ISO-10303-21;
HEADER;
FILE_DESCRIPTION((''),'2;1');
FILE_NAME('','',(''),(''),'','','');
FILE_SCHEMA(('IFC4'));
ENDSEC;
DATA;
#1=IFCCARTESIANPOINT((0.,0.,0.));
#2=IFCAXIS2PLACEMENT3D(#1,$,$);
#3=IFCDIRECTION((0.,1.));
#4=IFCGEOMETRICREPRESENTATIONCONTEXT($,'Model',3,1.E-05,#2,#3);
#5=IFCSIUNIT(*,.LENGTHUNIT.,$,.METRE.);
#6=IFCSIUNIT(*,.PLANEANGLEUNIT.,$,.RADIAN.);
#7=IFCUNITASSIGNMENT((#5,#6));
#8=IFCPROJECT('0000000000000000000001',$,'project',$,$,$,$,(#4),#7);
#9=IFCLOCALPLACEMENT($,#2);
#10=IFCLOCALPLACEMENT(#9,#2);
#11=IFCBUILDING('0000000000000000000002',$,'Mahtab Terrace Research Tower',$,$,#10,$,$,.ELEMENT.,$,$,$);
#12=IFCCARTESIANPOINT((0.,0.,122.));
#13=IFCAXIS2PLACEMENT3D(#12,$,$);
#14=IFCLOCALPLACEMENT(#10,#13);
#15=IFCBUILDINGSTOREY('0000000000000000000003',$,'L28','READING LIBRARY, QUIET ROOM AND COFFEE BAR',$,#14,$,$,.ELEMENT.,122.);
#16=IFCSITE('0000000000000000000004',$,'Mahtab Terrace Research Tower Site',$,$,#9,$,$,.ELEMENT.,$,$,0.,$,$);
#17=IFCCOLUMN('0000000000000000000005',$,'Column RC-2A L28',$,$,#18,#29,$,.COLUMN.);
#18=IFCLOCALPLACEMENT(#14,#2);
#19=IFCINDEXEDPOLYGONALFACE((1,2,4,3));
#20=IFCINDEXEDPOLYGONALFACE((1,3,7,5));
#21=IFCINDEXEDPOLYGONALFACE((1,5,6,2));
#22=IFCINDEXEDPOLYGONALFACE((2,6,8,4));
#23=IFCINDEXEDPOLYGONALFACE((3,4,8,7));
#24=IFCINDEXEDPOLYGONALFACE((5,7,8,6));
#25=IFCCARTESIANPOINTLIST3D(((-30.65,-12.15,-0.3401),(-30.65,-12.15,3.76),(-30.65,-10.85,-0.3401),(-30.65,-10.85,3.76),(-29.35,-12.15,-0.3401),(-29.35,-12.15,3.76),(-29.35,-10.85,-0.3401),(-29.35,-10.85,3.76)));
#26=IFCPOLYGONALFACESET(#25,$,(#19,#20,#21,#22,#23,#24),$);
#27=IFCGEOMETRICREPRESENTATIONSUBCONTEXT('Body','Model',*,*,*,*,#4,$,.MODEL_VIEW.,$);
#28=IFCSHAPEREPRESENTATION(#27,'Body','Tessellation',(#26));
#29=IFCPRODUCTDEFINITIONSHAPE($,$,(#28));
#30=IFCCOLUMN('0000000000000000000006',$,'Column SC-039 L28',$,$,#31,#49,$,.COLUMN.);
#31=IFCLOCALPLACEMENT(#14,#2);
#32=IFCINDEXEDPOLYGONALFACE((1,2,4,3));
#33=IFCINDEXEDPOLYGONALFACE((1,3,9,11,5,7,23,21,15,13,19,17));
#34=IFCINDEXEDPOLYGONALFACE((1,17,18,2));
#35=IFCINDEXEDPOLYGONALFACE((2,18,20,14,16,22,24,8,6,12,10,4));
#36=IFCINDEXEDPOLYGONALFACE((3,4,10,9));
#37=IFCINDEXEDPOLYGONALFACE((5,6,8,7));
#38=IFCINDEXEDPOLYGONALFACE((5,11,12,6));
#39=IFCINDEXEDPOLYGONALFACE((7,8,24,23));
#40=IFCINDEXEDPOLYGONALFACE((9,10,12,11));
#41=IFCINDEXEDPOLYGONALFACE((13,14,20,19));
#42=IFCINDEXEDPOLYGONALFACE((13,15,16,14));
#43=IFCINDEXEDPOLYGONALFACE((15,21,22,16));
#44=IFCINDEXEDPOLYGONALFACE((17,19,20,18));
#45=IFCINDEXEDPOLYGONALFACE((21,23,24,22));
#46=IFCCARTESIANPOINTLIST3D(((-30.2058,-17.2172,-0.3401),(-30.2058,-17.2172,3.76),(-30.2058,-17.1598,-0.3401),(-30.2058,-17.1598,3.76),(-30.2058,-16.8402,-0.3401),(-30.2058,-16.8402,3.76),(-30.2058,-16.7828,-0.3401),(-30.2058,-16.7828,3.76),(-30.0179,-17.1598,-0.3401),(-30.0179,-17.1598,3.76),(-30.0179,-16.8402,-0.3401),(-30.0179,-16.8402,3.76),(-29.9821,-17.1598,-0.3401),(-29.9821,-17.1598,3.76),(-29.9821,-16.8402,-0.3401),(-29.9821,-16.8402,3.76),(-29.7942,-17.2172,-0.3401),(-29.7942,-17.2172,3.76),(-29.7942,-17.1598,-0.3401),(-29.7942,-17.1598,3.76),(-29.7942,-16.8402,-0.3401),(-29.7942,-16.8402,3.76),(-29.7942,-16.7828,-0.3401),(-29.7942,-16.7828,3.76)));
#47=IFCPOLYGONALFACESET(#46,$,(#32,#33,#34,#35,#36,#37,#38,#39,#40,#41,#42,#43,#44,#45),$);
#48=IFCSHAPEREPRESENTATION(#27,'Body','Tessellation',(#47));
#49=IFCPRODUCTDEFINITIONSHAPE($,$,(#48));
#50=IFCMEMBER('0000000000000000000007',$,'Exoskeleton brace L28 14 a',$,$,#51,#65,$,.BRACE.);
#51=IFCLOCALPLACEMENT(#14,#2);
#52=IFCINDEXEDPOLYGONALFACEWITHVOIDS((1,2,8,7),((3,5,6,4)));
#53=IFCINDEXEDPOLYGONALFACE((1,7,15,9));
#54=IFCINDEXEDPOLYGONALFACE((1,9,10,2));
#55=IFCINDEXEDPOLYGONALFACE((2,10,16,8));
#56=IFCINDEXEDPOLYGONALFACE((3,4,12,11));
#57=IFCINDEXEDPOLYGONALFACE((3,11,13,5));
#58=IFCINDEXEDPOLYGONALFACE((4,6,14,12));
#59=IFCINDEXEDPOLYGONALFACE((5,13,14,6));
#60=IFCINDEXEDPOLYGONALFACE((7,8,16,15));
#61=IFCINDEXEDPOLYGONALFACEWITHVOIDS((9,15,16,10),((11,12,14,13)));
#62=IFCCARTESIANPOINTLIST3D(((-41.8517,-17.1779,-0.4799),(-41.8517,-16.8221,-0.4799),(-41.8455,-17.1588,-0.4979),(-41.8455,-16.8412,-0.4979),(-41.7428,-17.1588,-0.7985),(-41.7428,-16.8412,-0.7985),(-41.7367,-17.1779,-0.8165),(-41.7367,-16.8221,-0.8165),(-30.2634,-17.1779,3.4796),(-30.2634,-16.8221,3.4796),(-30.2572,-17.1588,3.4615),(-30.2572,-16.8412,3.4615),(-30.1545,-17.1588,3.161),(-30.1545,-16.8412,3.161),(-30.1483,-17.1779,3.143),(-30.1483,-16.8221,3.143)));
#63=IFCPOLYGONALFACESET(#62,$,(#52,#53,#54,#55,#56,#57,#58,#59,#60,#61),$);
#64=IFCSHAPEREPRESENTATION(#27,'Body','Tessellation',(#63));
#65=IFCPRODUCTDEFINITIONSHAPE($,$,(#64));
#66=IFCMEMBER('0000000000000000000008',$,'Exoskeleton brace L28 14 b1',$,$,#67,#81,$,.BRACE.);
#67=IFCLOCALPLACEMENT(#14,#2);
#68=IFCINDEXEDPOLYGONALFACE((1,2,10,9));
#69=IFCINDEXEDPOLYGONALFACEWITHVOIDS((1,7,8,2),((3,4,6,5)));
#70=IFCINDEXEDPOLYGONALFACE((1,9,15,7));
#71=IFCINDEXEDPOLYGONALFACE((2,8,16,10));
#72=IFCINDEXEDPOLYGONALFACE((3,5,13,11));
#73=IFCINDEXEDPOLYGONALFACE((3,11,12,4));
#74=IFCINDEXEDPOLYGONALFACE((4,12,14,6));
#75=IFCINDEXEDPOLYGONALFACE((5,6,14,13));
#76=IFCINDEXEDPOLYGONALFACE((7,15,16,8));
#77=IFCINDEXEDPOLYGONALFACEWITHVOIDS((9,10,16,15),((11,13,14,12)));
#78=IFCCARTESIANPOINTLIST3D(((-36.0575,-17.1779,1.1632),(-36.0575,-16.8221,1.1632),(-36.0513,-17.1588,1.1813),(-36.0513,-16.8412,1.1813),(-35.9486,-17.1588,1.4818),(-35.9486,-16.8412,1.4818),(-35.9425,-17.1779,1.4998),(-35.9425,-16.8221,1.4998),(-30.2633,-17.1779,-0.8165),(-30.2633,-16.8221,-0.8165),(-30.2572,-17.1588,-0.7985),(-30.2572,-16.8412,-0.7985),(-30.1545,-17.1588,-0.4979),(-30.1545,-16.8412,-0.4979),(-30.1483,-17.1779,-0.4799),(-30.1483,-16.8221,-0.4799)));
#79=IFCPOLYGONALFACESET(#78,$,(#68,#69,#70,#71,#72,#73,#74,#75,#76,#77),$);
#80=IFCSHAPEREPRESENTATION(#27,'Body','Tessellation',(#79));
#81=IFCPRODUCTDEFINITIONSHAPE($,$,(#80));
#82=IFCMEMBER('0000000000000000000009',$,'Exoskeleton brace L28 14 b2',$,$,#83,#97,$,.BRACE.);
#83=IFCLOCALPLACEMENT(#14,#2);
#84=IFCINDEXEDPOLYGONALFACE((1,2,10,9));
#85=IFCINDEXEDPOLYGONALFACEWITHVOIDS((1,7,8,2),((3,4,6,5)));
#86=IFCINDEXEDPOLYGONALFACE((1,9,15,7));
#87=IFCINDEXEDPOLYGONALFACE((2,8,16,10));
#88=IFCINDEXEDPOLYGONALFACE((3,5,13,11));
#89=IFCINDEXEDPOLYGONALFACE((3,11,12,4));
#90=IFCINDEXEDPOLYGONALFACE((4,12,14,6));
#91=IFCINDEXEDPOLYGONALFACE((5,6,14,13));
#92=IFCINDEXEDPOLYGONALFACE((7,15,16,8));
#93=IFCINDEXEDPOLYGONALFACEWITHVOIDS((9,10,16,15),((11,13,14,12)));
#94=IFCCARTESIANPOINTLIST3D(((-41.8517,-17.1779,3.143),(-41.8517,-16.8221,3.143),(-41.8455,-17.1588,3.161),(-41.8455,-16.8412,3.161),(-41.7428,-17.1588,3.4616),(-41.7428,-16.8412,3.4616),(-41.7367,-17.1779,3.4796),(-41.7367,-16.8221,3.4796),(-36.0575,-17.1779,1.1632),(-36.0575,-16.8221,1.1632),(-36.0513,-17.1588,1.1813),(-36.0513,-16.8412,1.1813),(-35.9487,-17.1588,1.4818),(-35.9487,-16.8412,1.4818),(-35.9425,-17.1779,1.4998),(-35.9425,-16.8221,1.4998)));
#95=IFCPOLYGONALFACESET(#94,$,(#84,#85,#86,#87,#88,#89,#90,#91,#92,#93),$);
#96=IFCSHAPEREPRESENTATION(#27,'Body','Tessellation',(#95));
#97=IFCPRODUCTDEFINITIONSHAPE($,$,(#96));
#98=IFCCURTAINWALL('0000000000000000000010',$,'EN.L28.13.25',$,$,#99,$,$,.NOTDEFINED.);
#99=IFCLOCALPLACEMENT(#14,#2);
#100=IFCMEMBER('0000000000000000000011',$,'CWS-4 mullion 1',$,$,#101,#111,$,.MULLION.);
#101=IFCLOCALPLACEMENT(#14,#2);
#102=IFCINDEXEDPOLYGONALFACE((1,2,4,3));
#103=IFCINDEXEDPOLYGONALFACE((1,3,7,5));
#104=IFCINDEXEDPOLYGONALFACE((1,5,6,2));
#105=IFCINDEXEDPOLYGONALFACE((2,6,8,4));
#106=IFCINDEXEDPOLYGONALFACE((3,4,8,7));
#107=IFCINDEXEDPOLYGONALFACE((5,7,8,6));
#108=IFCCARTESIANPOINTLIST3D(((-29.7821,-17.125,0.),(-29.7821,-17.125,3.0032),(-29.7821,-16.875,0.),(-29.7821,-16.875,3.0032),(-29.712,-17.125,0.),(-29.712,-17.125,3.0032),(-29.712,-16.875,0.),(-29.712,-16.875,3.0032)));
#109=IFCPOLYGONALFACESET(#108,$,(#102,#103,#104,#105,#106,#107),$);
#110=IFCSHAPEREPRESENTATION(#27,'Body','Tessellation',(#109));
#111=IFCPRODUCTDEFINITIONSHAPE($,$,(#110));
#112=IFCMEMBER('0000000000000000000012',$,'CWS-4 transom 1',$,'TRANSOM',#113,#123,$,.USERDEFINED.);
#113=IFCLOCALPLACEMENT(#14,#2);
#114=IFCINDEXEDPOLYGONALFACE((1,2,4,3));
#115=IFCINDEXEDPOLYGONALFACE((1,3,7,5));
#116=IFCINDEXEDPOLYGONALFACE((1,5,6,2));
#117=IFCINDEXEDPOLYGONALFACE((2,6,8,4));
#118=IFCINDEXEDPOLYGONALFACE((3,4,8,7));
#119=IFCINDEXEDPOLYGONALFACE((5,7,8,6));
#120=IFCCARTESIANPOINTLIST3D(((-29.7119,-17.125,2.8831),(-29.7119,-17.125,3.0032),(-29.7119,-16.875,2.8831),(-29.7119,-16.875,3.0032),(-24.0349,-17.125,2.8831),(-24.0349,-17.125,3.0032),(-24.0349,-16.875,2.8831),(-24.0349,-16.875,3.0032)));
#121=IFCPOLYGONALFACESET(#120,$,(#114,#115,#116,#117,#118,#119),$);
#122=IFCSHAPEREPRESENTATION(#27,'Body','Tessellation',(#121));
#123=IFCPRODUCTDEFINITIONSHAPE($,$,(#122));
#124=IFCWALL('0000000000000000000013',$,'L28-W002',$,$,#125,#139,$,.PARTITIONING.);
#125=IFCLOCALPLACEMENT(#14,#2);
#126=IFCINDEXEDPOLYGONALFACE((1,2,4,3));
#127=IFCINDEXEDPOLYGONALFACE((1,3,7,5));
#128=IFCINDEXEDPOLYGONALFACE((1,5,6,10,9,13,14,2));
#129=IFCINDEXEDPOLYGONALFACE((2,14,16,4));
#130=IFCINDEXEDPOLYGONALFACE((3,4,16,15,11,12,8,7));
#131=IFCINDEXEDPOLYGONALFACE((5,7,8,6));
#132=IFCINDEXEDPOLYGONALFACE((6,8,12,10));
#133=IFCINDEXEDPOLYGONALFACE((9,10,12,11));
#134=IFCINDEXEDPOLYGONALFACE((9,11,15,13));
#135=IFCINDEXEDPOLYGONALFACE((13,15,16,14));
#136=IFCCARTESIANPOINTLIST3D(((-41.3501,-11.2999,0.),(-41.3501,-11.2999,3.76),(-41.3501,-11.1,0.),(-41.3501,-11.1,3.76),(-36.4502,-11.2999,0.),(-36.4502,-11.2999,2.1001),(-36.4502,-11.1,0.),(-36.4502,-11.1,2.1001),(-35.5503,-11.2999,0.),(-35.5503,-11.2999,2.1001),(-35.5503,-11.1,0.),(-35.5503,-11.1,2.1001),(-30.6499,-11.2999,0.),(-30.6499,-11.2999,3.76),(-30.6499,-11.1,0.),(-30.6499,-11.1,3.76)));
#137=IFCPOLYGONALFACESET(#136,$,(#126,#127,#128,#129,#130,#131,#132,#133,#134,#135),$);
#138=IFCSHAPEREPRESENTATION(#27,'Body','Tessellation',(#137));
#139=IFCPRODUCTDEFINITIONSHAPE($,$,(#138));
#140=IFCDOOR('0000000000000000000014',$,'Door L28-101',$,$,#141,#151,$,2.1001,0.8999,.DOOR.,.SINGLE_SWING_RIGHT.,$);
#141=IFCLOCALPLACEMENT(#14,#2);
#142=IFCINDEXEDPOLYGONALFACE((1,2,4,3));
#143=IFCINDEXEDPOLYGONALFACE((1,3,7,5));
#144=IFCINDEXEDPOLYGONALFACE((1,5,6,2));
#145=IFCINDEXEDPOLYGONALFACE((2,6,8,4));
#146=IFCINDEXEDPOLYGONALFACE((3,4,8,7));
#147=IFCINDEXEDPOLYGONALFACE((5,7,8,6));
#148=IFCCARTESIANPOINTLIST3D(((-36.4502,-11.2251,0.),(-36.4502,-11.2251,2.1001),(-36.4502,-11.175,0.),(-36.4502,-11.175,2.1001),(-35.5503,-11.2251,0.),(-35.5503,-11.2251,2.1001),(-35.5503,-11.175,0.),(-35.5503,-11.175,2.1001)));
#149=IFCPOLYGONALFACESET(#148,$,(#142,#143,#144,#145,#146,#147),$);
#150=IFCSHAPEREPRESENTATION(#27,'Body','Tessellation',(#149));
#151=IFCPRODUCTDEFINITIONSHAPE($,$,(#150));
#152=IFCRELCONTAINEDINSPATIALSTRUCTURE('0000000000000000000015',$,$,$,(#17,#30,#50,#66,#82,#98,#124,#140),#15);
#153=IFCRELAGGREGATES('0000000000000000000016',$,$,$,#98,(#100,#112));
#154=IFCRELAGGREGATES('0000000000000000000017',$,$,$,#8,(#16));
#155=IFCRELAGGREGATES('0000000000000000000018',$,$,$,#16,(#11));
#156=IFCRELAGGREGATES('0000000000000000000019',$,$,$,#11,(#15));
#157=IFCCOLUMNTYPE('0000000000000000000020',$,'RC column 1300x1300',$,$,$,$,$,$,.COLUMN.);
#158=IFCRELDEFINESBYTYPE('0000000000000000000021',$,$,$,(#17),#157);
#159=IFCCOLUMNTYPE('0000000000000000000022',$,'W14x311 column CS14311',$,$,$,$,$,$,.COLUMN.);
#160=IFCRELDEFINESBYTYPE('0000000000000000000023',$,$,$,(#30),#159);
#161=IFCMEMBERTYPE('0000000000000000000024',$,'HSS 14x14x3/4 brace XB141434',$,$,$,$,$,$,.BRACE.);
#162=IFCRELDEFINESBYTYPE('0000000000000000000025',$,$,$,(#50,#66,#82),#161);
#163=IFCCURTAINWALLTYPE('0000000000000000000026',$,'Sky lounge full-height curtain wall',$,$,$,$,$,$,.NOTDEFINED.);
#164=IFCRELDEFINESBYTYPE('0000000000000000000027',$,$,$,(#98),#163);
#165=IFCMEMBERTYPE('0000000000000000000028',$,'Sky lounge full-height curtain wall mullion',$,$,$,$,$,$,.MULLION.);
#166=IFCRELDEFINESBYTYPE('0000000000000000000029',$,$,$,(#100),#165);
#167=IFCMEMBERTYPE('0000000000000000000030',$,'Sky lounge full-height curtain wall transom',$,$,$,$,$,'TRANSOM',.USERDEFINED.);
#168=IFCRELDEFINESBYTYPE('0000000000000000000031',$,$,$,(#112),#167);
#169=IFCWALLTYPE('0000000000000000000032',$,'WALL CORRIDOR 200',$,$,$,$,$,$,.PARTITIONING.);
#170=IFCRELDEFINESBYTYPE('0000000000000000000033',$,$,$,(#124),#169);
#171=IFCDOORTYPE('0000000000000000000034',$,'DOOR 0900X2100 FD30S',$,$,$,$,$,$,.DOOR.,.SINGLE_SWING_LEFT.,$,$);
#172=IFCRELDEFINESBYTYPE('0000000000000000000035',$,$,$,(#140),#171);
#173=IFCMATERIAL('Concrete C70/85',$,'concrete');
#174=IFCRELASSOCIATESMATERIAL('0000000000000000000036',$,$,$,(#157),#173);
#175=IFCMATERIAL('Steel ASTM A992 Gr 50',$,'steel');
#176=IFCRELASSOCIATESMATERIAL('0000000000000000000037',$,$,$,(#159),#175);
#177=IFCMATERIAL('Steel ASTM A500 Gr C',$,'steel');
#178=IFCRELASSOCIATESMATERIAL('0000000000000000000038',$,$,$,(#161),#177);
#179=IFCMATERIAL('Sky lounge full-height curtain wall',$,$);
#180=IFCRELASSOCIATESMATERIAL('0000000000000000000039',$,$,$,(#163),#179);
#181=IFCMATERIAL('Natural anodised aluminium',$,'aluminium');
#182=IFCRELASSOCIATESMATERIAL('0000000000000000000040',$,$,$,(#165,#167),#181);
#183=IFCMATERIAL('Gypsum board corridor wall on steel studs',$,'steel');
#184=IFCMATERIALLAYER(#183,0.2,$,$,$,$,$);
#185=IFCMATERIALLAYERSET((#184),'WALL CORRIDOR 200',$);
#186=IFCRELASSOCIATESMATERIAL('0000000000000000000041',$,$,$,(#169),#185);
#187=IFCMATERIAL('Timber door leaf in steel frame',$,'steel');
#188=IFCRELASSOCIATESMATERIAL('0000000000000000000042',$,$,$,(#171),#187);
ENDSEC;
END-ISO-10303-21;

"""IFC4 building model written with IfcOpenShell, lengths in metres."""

from ifc_helpers import new_model, si_unit, direction, frame, frame_2d, origin, origin_2d, place, context, subcontext, project, spatial, rectangle, hollow_rectangle, i_section, extrude, material, layer, layer_set, material_profile, profile_set, type_object, element, fill, aggregate, save


model = new_model("IFC4")

# Units and contexts
model_context = context("Model", 3, precision=1e-05, world=origin(), true_north=direction((0.0, 1.0)))
body_context = subcontext(model_context, "Body", "Model", "MODEL_VIEW")
ifc_project = project(units=[si_unit("LENGTHUNIT", "METRE"), si_unit("PLANEANGLEUNIT", "RADIAN")], contexts=[model_context])

# Site, building, storey
site_placement = place(None, origin())
site = spatial("IfcSite", under=ifc_project, at=site_placement, Name="Mahtab Terrace Research Tower Site", CompositionType="ELEMENT", RefElevation=0.0)
building_placement = place(site_placement, origin())
building = spatial("IfcBuilding", under=site, at=building_placement, Name="Mahtab Terrace Research Tower", CompositionType="ELEMENT")
storey_placement = place(building_placement, frame((0.0, 0.0, 122.0)))
storey = spatial("IfcBuildingStorey", under=building, at=storey_placement, Name="L28", Description="READING LIBRARY, QUIET ROOM AND COFFEE BAR", CompositionType="ELEMENT", Elevation=122.0)

# Columns
ifc_material_1 = material(Name="Concrete C70/85", Category="concrete")
ifc_material_profile_1 = material_profile(ifc_material_1, rectangle(XDim=1.3, YDim=1.3, at=origin_2d()), Name="RC column 1300x1300")
ifc_profile_set_1 = profile_set([ifc_material_profile_1], Name="Concrete C70/85")
column_type_1 = type_object("IfcColumnType", Name="RC column 1300x1300", PredefinedType="COLUMN", material=ifc_profile_set_1)
column_1_placement = place(storey_placement, frame((-30.0, -11.5, -0.3401), z_axis=(0.0, 0.0, 1.0), x_axis=(1.0, 0.0, 0.0)))
element("IfcColumn", 1, at=column_1_placement, inside=storey, type_object=column_type_1, Name="Column RC-2A L28", PredefinedType="COLUMN", context=body_context, shape_type="SweptSolid", body=[
    extrude(rectangle(XDim=1.3, YDim=1.3, at=origin_2d()), origin(), (0.0, 0.0, 1.0), 4.1001),
])
ifc_material_2 = material(Name="Steel ASTM A992 Gr 50", Category="steel")
ifc_material_profile_2 = material_profile(ifc_material_2, i_section(OverallWidth=0.4116, OverallDepth=0.4343, WebThickness=0.0359, FlangeThickness=0.0574, at=origin_2d()), Name="W14X311")
ifc_profile_set_2 = profile_set([ifc_material_profile_2], Name="Steel ASTM A992 Gr 50")
column_type_2 = type_object("IfcColumnType", Name="W14x311 column CS14311", PredefinedType="COLUMN", material=ifc_profile_set_2)
column_2_placement = place(storey_placement, frame((-30.0, -17.0, -0.3401), z_axis=(0.0, 0.0, 1.0), x_axis=(1.0, 0.0, 0.0)))
element("IfcColumn", 2, at=column_2_placement, inside=storey, type_object=column_type_2, Name="Column SC-039 L28", PredefinedType="COLUMN", context=body_context, shape_type="SweptSolid", body=[
    extrude(i_section(OverallWidth=0.4116, OverallDepth=0.4343, WebThickness=0.0359, FlangeThickness=0.0574, at=origin_2d()), origin(), (0.0, 0.0, 1.0), 4.1001),
])

# Members
ifc_material_3 = material(Name="Steel ASTM A500 Gr C", Category="steel")
ifc_material_profile_3 = material_profile(ifc_material_3, hollow_rectangle(XDim=0.3557, YDim=0.3557, WallThickness=0.019, at=origin_2d()), Name="HSS14X14X3/4")
ifc_profile_set_3 = profile_set([ifc_material_profile_3], Name="Steel ASTM A500 Gr C")
member_type_1 = type_object("IfcMemberType", Name="HSS 14x14x3/4 brace XB141434", PredefinedType="BRACE", material=ifc_profile_set_3)
member_1_placement = place(storey_placement, frame((-41.7942, -17.0, -0.6482), z_axis=(0.946288, 0.0, 0.323324), x_axis=(0.0, 1.0, 0.0)))
element("IfcMember", 3, at=member_1_placement, inside=storey, type_object=member_type_1, Name="Exoskeleton brace L28 14 a", PredefinedType="BRACE", context=body_context, shape_type="SweptSolid", body=[
    extrude(hollow_rectangle(XDim=0.3557, YDim=0.3557, WallThickness=0.019, at=origin_2d()), origin(), (0.0, 0.0, 1.0), 12.2461),
])
for number, where, z_axis, x_axis, name in (
    (4, (-30.2058, -17.0, -0.6482), (-0.946288, 0.0, 0.323324), (0.0, -1.0, 0.0), "Exoskeleton brace L28 14 b1"),
    (5, (-36.0, -17.0, 1.3315), (-0.946288, 0.0, 0.323324), (0.0, -1.0, 0.0), "Exoskeleton brace L28 14 b2"),
):
    element("IfcMember", number, at=place(storey_placement, frame(where, z_axis=z_axis, x_axis=x_axis)), inside=storey, type_object=member_type_1, Name=name, PredefinedType="BRACE", context=body_context, shape_type="SweptSolid", body=[
        extrude(hollow_rectangle(XDim=0.3557, YDim=0.3557, WallThickness=0.019, at=origin_2d()), origin(), (0.0, 0.0, 1.0), 6.123),
    ])

# Curtain wall, members
ifc_material_4 = material(Name="Sky lounge full-height curtain wall")
curtain_wall_type = type_object("IfcCurtainWallType", Name="Sky lounge full-height curtain wall", PredefinedType="NOTDEFINED", material=ifc_material_4)
curtain_wall_placement = place(storey_placement, origin())
curtain_wall = element("IfcCurtainWall", 6, at=curtain_wall_placement, inside=storey, type_object=curtain_wall_type, Name="EN.L28.13.25", PredefinedType="NOTDEFINED")
ifc_material_5 = material(Name="Natural anodised aluminium", Category="aluminium")
ifc_material_profile_4 = material_profile(ifc_material_5, rectangle(XDim=0.25, YDim=0.0701, at=origin_2d()), Name="MULLION 70x250")
ifc_profile_set_4 = profile_set([ifc_material_profile_4], Name="Natural anodised aluminium")
member_type_2 = type_object("IfcMemberType", Name="Sky lounge full-height curtain wall mullion", PredefinedType="MULLION", material=ifc_profile_set_4)
member_2_placement = place(storey_placement, frame((-29.7471, -17.0, 0.0), z_axis=(0.0, 0.0, 1.0), x_axis=(0.0, 1.0, 0.0)))
member_2 = element("IfcMember", 7, at=member_2_placement, type_object=member_type_2, Name="CWS-4 mullion 1", PredefinedType="MULLION", context=body_context, shape_type="SweptSolid", body=[
    extrude(rectangle(XDim=0.25, YDim=0.0701, at=origin_2d()), origin(), (0.0, 0.0, 1.0), 3.0032),
])
ifc_material_profile_5 = material_profile(ifc_material_5, rectangle(XDim=0.25, YDim=0.1201, at=origin_2d()), Name="TRANSOM 120x250")
ifc_profile_set_5 = profile_set([ifc_material_profile_5], Name="Natural anodised aluminium")
member_type_3 = type_object("IfcMemberType", Name="Sky lounge full-height curtain wall transom", ElementType="TRANSOM", PredefinedType="USERDEFINED", material=ifc_profile_set_5)
member_3_placement = place(storey_placement, frame((-29.7119, -17.0, 2.9431), z_axis=(1.0, 0.0, 0.0), x_axis=(0.0, 1.0, 0.0)))
member_3 = element("IfcMember", 8, at=member_3_placement, type_object=member_type_3, Name="CWS-4 transom 1", ObjectType="TRANSOM", PredefinedType="USERDEFINED", context=body_context, shape_type="SweptSolid", body=[
    extrude(rectangle(XDim=0.25, YDim=0.1201, at=origin_2d()), origin(), (0.0, 0.0, 1.0), 5.677),
])
aggregate(curtain_wall, [member_2, member_3])

# Wall, opening, door
ifc_material_6 = material(Name="Gypsum board corridor wall on steel studs", Category="steel")
ifc_layer_1 = layer(ifc_material_6, 0.2)
ifc_layer_set_1 = layer_set([ifc_layer_1], Name="WALL CORRIDOR 200")
wall_type_1 = type_object("IfcWallType", Name="WALL CORRIDOR 200", PredefinedType="PARTITIONING", material=ifc_layer_set_1)
wall_1_placement = place(storey_placement, frame((-41.3501, -11.2, 0.0), z_axis=(0.0, 0.0, 1.0), x_axis=(1.0, 0.0, 0.0)))
wall_1 = element("IfcWall", 9, at=wall_1_placement, inside=storey, type_object=wall_type_1, Name="L28-W002", PredefinedType="PARTITIONING", context=body_context, shape_type="SweptSolid", body=[
    extrude(rectangle(XDim=10.7002, YDim=0.2, at=frame_2d((5.3501, 0.0))), origin(), (0.0, 0.0, 1.0), 3.76),
])
opening_1_placement = place(wall_1_placement, frame((4.8999, 0.0, 0.0)))
opening_1 = element("IfcOpeningElement", 10, at=opening_1_placement, cuts=wall_1, PredefinedType="OPENING", context=body_context, shape_type="SweptSolid", body=[
    extrude(rectangle(XDim=0.8999, YDim=2.1001, at=frame_2d((0.45, 1.05))), frame((0.0, 0.1099, 0.0), z_axis=(0.0, -1.0, 0.0), x_axis=(1.0, 0.0, 0.0)), (0.0, 0.0, 1.0), 0.22),
])
ifc_material_7 = material(Name="Timber door leaf in steel frame", Category="steel")
door_type_1 = type_object("IfcDoorType", Name="DOOR 0900X2100 FD30S", OperationType="SINGLE_SWING_LEFT", PredefinedType="DOOR", material=ifc_material_7)
door_1_placement = place(opening_1_placement, origin())
door_1 = element("IfcDoor", 11, at=door_1_placement, inside=storey, type_object=door_type_1, Name="Door L28-101", OperationType="SINGLE_SWING_RIGHT", OverallHeight=2.1001, OverallWidth=0.8999, PredefinedType="DOOR", context=body_context, shape_type="SweptSolid", body=[
    extrude(rectangle(XDim=0.8999, YDim=2.1001, at=frame_2d((0.45, 1.05))), frame((0.0, 0.0249, 0.0), z_axis=(0.0, -1.0, 0.0), x_axis=(1.0, 0.0, 0.0)), (0.0, 0.0, 1.0), 0.05),
])
fill(opening_1, door_1)

save(model, "model.ifc")
